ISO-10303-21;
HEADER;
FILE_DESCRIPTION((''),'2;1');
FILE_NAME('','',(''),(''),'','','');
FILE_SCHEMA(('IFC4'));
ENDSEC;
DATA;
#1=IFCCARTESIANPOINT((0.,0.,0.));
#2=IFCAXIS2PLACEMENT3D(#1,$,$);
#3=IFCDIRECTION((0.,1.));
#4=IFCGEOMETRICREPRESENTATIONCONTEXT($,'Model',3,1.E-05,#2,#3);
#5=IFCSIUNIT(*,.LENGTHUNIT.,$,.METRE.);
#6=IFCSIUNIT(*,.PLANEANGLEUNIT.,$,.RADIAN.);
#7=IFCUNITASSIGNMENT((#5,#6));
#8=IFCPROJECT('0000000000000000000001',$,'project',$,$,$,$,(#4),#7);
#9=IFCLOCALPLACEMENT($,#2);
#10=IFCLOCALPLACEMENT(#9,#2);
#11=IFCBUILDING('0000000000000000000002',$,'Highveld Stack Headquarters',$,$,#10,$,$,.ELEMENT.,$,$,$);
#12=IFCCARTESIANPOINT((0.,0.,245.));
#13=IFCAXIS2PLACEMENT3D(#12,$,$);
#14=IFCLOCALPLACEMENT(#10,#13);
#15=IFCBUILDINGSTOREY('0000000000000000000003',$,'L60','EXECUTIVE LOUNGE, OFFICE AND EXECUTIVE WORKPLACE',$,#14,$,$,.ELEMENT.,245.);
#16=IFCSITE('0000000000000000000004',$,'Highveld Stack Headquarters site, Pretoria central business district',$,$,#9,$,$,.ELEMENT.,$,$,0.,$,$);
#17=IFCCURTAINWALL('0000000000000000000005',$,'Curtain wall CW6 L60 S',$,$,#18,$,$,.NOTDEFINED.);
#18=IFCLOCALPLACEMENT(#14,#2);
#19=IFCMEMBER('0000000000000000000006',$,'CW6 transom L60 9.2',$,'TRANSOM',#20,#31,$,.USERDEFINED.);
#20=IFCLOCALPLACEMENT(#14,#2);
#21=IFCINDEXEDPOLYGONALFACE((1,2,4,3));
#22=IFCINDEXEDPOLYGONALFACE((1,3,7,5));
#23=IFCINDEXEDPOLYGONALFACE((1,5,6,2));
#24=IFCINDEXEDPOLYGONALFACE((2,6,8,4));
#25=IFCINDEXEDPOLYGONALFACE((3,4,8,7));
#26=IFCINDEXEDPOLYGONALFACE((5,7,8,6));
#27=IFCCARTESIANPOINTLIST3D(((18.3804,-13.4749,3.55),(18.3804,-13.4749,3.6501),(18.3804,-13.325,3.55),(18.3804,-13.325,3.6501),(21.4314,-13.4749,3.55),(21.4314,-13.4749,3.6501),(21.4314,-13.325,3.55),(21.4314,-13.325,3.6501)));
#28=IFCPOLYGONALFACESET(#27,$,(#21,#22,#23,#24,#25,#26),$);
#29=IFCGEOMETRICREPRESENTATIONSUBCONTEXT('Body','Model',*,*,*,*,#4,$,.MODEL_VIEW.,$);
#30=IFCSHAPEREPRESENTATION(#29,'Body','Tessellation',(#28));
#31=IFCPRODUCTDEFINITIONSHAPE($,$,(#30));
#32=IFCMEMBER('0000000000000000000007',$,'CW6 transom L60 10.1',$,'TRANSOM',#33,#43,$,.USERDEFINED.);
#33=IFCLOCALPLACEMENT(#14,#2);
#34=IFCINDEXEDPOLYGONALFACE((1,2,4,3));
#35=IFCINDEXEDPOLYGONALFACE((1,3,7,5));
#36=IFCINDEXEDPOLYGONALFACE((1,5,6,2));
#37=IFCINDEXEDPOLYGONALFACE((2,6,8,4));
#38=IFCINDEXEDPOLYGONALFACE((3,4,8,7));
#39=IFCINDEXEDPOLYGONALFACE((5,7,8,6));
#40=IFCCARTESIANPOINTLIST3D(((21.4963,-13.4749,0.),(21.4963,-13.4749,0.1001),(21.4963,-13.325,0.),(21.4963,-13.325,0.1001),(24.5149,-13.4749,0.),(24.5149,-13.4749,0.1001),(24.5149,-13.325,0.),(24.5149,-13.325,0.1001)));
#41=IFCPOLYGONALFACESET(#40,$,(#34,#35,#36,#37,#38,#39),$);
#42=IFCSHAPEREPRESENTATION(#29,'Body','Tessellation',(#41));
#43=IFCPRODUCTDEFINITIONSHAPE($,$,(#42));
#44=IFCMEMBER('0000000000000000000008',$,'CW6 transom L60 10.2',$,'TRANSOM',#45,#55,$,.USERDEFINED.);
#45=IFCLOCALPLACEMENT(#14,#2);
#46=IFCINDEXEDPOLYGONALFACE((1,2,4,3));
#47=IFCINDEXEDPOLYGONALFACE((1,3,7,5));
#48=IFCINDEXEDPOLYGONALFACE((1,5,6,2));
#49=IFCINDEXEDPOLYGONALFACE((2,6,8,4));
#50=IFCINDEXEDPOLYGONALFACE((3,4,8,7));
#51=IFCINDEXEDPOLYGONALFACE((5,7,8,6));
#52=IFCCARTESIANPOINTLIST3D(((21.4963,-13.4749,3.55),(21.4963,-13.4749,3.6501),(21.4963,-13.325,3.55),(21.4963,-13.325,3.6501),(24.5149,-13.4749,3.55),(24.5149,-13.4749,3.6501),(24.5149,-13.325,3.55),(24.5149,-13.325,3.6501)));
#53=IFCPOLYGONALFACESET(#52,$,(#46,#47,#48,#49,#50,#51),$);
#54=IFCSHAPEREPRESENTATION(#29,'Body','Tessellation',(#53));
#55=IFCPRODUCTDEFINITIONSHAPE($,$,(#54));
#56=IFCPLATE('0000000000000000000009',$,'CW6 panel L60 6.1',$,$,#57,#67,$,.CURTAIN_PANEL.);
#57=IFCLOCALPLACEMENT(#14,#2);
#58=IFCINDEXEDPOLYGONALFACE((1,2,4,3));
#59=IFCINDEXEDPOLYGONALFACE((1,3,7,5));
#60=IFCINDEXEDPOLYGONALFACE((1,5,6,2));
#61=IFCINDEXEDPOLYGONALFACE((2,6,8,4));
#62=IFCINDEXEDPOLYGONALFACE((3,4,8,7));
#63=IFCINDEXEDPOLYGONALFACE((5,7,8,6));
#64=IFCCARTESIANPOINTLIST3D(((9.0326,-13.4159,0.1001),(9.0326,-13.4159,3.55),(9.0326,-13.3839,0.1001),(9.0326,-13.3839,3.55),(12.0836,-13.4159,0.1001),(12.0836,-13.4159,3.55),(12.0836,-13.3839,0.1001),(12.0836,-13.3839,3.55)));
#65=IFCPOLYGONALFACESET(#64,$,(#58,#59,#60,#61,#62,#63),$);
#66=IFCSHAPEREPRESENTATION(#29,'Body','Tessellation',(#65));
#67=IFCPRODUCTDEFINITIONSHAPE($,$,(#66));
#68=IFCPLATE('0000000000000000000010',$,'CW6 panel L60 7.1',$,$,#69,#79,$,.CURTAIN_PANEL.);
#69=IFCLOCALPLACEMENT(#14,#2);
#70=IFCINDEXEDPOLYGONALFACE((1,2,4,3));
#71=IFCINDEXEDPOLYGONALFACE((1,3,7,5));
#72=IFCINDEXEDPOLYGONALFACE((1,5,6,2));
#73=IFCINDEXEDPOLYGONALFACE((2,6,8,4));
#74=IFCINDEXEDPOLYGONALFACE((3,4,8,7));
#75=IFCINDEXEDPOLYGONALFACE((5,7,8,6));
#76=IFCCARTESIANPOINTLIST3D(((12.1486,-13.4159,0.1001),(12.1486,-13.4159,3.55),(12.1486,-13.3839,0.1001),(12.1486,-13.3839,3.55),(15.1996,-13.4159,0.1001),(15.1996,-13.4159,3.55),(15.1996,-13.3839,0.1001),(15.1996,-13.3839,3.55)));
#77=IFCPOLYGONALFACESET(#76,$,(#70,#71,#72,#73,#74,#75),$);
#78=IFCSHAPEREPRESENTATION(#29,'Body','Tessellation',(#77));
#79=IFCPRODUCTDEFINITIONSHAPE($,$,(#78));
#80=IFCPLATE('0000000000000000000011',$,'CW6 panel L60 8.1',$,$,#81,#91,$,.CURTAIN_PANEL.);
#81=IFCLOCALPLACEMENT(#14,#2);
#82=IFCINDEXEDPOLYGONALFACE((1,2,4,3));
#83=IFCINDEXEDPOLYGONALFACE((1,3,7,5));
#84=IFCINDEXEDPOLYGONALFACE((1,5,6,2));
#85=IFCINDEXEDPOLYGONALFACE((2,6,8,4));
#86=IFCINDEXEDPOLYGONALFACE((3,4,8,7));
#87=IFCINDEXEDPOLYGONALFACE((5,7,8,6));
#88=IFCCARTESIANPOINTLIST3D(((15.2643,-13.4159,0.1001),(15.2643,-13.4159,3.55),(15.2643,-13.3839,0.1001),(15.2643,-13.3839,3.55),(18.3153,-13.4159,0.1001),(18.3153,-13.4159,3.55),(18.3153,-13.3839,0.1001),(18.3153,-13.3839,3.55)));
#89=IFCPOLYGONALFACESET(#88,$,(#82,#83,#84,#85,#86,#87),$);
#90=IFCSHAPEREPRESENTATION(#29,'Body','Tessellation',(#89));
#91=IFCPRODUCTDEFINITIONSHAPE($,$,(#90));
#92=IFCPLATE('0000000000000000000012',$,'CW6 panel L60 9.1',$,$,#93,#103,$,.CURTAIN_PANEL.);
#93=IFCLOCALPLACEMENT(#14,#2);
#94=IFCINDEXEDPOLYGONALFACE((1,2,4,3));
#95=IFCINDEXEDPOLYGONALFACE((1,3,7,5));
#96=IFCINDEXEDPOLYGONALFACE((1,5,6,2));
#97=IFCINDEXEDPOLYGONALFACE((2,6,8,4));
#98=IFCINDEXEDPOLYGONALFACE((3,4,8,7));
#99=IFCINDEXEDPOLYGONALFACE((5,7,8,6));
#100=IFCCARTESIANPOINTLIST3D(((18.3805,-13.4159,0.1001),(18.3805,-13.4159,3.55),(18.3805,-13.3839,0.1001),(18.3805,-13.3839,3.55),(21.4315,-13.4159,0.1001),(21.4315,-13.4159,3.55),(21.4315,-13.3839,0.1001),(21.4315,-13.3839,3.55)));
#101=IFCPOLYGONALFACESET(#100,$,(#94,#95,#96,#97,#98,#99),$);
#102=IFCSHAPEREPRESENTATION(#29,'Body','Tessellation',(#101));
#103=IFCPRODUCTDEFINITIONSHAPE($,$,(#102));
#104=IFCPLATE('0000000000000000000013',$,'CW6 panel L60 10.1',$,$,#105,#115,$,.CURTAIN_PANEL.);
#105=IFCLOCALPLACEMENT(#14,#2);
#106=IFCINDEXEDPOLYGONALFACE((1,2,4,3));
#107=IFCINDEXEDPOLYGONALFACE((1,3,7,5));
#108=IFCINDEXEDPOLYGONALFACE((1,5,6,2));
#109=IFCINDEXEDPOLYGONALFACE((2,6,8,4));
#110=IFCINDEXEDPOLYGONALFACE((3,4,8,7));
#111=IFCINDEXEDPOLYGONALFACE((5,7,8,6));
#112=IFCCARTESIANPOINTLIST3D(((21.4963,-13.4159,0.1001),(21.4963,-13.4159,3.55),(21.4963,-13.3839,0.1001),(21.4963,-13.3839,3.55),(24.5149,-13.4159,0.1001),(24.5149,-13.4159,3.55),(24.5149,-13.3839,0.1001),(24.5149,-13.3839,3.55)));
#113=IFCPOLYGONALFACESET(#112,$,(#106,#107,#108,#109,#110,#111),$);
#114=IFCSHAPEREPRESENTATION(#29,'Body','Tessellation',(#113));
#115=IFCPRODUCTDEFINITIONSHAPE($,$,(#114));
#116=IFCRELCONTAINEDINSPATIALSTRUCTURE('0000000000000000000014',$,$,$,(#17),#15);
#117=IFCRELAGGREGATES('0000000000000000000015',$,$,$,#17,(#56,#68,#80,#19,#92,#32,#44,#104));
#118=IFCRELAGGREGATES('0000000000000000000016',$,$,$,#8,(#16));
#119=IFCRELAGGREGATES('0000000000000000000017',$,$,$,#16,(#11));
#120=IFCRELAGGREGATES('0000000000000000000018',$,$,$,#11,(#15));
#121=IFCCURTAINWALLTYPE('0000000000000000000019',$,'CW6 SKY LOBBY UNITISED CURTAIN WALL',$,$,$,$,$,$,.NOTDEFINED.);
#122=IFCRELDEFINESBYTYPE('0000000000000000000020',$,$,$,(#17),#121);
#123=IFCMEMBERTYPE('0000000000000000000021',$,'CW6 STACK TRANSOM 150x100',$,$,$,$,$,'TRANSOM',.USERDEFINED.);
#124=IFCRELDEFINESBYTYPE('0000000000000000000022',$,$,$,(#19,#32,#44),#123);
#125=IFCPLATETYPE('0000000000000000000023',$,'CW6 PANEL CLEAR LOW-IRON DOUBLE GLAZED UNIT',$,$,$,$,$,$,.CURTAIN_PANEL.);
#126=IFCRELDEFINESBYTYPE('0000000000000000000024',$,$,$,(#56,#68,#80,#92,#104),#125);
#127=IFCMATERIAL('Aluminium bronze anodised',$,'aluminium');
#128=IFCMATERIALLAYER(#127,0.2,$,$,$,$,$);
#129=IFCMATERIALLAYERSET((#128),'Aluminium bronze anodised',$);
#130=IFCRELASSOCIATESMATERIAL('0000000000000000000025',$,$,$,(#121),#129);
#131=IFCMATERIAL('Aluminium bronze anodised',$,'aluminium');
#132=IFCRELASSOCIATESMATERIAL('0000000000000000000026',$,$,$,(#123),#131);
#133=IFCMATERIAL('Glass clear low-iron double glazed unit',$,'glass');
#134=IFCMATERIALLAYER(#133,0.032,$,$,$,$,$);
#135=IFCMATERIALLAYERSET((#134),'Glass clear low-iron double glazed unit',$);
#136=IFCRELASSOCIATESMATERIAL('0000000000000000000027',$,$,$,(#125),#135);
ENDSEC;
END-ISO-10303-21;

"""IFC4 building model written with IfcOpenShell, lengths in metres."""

from ifc_helpers import new_model, si_unit, direction, frame, origin, origin_2d, place, context, subcontext, project, spatial, rectangle, extrude, material, layer, layer_set, material_profile, profile_set, type_object, element, aggregate, save


model = new_model("IFC4")

# Units and contexts
model_context = context("Model", 3, precision=1e-05, world=origin(), true_north=direction((0.0, 1.0)))
body_context = subcontext(model_context, "Body", "Model", "MODEL_VIEW")
ifc_project = project(units=[si_unit("LENGTHUNIT", "METRE"), si_unit("PLANEANGLEUNIT", "RADIAN")], contexts=[model_context])

# Site, building, storey
site_placement = place(None, origin())
site = spatial("IfcSite", under=ifc_project, at=site_placement, Name="Highveld Stack Headquarters site, Pretoria central business district", CompositionType="ELEMENT", RefElevation=0.0)
building_placement = place(site_placement, origin())
building = spatial("IfcBuilding", under=site, at=building_placement, Name="Highveld Stack Headquarters", CompositionType="ELEMENT")
storey_placement = place(building_placement, frame((0.0, 0.0, 245.0)))
storey = spatial("IfcBuildingStorey", under=building, at=storey_placement, Name="L60", Description="EXECUTIVE LOUNGE, OFFICE AND EXECUTIVE WORKPLACE", CompositionType="ELEMENT", Elevation=245.0)

# Curtain wall, members, plates
ifc_material_1 = material(Name="Aluminium bronze anodised", Category="aluminium")
ifc_layer_1 = layer(ifc_material_1, 0.2)
ifc_layer_set_1 = layer_set([ifc_layer_1], Name="Aluminium bronze anodised")
curtain_wall_type = type_object("IfcCurtainWallType", Name="CW6 SKY LOBBY UNITISED CURTAIN WALL", PredefinedType="NOTDEFINED", material=ifc_layer_set_1)
curtain_wall_placement = place(storey_placement, origin())
curtain_wall = element("IfcCurtainWall", 1, at=curtain_wall_placement, inside=storey, type_object=curtain_wall_type, Name="Curtain wall CW6 L60 S", PredefinedType="NOTDEFINED")
ifc_material_2 = material(Name="Aluminium bronze anodised", Category="aluminium")
ifc_material_profile_1 = material_profile(ifc_material_2, rectangle(XDim=0.1499, YDim=0.1001, at=origin_2d()), Name="CW6 TRANSOM 150x100")
ifc_profile_set_1 = profile_set([ifc_material_profile_1], Name="Aluminium bronze anodised")
member_type_1 = type_object("IfcMemberType", Name="CW6 STACK TRANSOM 150x100", ElementType="TRANSOM", PredefinedType="USERDEFINED", material=ifc_profile_set_1)
member_1_placement = place(storey_placement, frame((18.3804, -13.3999, 3.6001), z_axis=(1.0, 0.0, 0.0), x_axis=(0.0, 1.0, 0.0)))
member_1 = element("IfcMember", 2, at=member_1_placement, type_object=member_type_1, Name="CW6 transom L60 9.2", ObjectType="TRANSOM", PredefinedType="USERDEFINED", context=body_context, shape_type="SweptSolid", body=[
    extrude(rectangle(XDim=0.1499, YDim=0.1001, at=origin_2d()), origin(), (0.0, 0.0, 1.0), 3.051),
])
member_2_placement = place(storey_placement, frame((21.4963, -13.3999, 0.05), z_axis=(1.0, 0.0, 0.0), x_axis=(0.0, 1.0, 0.0)))
member_2 = element("IfcMember", 3, at=member_2_placement, type_object=member_type_1, Name="CW6 transom L60 10.1", ObjectType="TRANSOM", PredefinedType="USERDEFINED", context=body_context, shape_type="SweptSolid", body=[
    extrude(rectangle(XDim=0.1499, YDim=0.1001, at=origin_2d()), origin(), (0.0, 0.0, 1.0), 3.0186),
])
member_3_placement = place(storey_placement, frame((21.4963, -13.3999, 3.6001), z_axis=(1.0, 0.0, 0.0), x_axis=(0.0, 1.0, 0.0)))
member_3 = element("IfcMember", 4, at=member_3_placement, type_object=member_type_1, Name="CW6 transom L60 10.2", ObjectType="TRANSOM", PredefinedType="USERDEFINED", context=body_context, shape_type="SweptSolid", body=[
    extrude(rectangle(XDim=0.1499, YDim=0.1001, at=origin_2d()), origin(), (0.0, 0.0, 1.0), 3.0186),
])
ifc_material_3 = material(Name="Glass clear low-iron double glazed unit", Category="glass")
ifc_layer_2 = layer(ifc_material_3, 0.032)
ifc_layer_set_2 = layer_set([ifc_layer_2], Name="Glass clear low-iron double glazed unit")
plate_type = type_object("IfcPlateType", Name="CW6 PANEL CLEAR LOW-IRON DOUBLE GLAZED UNIT", PredefinedType="CURTAIN_PANEL", material=ifc_layer_set_2)
plate_1_placement = place(storey_placement, frame((10.5581, -13.3999, 0.1001), z_axis=(0.0, 0.0, 1.0), x_axis=(1.0, 0.0, 0.0)))
plate_1 = element("IfcPlate", 5, at=plate_1_placement, type_object=plate_type, Name="CW6 panel L60 6.1", PredefinedType="CURTAIN_PANEL", context=body_context, shape_type="SweptSolid", body=[
    extrude(rectangle(XDim=3.051, YDim=0.032, at=origin_2d()), origin(), (0.0, 0.0, 1.0), 3.45),
])
plate_2_placement = place(storey_placement, frame((13.6741, -13.3999, 0.1001), z_axis=(0.0, 0.0, 1.0), x_axis=(1.0, 0.0, 0.0)))
plate_2 = element("IfcPlate", 6, at=plate_2_placement, type_object=plate_type, Name="CW6 panel L60 7.1", PredefinedType="CURTAIN_PANEL", context=body_context, shape_type="SweptSolid", body=[
    extrude(rectangle(XDim=3.051, YDim=0.032, at=origin_2d()), origin(), (0.0, 0.0, 1.0), 3.45),
])
plate_3_placement = place(storey_placement, frame((16.7898, -13.3999, 0.1001), z_axis=(0.0, 0.0, 1.0), x_axis=(1.0, 0.0, 0.0)))
plate_3 = element("IfcPlate", 7, at=plate_3_placement, type_object=plate_type, Name="CW6 panel L60 8.1", PredefinedType="CURTAIN_PANEL", context=body_context, shape_type="SweptSolid", body=[
    extrude(rectangle(XDim=3.051, YDim=0.032, at=origin_2d()), origin(), (0.0, 0.0, 1.0), 3.45),
])
plate_4_placement = place(storey_placement, frame((19.906, -13.3999, 0.1001), z_axis=(0.0, 0.0, 1.0), x_axis=(1.0, 0.0, 0.0)))
plate_4 = element("IfcPlate", 8, at=plate_4_placement, type_object=plate_type, Name="CW6 panel L60 9.1", PredefinedType="CURTAIN_PANEL", context=body_context, shape_type="SweptSolid", body=[
    extrude(rectangle(XDim=3.051, YDim=0.032, at=origin_2d()), origin(), (0.0, 0.0, 1.0), 3.45),
])
plate_5_placement = place(storey_placement, frame((23.0056, -13.3999, 0.1001), z_axis=(0.0, 0.0, 1.0), x_axis=(1.0, 0.0, 0.0)))
plate_5 = element("IfcPlate", 9, at=plate_5_placement, type_object=plate_type, Name="CW6 panel L60 10.1", PredefinedType="CURTAIN_PANEL", context=body_context, shape_type="SweptSolid", body=[
    extrude(rectangle(XDim=3.0186, YDim=0.032, at=origin_2d()), origin(), (0.0, 0.0, 1.0), 3.45),
])
aggregate(curtain_wall, [plate_1, plate_2, plate_3, member_1, plate_4, member_2, member_3, plate_5])

save(model, "model.ifc")
